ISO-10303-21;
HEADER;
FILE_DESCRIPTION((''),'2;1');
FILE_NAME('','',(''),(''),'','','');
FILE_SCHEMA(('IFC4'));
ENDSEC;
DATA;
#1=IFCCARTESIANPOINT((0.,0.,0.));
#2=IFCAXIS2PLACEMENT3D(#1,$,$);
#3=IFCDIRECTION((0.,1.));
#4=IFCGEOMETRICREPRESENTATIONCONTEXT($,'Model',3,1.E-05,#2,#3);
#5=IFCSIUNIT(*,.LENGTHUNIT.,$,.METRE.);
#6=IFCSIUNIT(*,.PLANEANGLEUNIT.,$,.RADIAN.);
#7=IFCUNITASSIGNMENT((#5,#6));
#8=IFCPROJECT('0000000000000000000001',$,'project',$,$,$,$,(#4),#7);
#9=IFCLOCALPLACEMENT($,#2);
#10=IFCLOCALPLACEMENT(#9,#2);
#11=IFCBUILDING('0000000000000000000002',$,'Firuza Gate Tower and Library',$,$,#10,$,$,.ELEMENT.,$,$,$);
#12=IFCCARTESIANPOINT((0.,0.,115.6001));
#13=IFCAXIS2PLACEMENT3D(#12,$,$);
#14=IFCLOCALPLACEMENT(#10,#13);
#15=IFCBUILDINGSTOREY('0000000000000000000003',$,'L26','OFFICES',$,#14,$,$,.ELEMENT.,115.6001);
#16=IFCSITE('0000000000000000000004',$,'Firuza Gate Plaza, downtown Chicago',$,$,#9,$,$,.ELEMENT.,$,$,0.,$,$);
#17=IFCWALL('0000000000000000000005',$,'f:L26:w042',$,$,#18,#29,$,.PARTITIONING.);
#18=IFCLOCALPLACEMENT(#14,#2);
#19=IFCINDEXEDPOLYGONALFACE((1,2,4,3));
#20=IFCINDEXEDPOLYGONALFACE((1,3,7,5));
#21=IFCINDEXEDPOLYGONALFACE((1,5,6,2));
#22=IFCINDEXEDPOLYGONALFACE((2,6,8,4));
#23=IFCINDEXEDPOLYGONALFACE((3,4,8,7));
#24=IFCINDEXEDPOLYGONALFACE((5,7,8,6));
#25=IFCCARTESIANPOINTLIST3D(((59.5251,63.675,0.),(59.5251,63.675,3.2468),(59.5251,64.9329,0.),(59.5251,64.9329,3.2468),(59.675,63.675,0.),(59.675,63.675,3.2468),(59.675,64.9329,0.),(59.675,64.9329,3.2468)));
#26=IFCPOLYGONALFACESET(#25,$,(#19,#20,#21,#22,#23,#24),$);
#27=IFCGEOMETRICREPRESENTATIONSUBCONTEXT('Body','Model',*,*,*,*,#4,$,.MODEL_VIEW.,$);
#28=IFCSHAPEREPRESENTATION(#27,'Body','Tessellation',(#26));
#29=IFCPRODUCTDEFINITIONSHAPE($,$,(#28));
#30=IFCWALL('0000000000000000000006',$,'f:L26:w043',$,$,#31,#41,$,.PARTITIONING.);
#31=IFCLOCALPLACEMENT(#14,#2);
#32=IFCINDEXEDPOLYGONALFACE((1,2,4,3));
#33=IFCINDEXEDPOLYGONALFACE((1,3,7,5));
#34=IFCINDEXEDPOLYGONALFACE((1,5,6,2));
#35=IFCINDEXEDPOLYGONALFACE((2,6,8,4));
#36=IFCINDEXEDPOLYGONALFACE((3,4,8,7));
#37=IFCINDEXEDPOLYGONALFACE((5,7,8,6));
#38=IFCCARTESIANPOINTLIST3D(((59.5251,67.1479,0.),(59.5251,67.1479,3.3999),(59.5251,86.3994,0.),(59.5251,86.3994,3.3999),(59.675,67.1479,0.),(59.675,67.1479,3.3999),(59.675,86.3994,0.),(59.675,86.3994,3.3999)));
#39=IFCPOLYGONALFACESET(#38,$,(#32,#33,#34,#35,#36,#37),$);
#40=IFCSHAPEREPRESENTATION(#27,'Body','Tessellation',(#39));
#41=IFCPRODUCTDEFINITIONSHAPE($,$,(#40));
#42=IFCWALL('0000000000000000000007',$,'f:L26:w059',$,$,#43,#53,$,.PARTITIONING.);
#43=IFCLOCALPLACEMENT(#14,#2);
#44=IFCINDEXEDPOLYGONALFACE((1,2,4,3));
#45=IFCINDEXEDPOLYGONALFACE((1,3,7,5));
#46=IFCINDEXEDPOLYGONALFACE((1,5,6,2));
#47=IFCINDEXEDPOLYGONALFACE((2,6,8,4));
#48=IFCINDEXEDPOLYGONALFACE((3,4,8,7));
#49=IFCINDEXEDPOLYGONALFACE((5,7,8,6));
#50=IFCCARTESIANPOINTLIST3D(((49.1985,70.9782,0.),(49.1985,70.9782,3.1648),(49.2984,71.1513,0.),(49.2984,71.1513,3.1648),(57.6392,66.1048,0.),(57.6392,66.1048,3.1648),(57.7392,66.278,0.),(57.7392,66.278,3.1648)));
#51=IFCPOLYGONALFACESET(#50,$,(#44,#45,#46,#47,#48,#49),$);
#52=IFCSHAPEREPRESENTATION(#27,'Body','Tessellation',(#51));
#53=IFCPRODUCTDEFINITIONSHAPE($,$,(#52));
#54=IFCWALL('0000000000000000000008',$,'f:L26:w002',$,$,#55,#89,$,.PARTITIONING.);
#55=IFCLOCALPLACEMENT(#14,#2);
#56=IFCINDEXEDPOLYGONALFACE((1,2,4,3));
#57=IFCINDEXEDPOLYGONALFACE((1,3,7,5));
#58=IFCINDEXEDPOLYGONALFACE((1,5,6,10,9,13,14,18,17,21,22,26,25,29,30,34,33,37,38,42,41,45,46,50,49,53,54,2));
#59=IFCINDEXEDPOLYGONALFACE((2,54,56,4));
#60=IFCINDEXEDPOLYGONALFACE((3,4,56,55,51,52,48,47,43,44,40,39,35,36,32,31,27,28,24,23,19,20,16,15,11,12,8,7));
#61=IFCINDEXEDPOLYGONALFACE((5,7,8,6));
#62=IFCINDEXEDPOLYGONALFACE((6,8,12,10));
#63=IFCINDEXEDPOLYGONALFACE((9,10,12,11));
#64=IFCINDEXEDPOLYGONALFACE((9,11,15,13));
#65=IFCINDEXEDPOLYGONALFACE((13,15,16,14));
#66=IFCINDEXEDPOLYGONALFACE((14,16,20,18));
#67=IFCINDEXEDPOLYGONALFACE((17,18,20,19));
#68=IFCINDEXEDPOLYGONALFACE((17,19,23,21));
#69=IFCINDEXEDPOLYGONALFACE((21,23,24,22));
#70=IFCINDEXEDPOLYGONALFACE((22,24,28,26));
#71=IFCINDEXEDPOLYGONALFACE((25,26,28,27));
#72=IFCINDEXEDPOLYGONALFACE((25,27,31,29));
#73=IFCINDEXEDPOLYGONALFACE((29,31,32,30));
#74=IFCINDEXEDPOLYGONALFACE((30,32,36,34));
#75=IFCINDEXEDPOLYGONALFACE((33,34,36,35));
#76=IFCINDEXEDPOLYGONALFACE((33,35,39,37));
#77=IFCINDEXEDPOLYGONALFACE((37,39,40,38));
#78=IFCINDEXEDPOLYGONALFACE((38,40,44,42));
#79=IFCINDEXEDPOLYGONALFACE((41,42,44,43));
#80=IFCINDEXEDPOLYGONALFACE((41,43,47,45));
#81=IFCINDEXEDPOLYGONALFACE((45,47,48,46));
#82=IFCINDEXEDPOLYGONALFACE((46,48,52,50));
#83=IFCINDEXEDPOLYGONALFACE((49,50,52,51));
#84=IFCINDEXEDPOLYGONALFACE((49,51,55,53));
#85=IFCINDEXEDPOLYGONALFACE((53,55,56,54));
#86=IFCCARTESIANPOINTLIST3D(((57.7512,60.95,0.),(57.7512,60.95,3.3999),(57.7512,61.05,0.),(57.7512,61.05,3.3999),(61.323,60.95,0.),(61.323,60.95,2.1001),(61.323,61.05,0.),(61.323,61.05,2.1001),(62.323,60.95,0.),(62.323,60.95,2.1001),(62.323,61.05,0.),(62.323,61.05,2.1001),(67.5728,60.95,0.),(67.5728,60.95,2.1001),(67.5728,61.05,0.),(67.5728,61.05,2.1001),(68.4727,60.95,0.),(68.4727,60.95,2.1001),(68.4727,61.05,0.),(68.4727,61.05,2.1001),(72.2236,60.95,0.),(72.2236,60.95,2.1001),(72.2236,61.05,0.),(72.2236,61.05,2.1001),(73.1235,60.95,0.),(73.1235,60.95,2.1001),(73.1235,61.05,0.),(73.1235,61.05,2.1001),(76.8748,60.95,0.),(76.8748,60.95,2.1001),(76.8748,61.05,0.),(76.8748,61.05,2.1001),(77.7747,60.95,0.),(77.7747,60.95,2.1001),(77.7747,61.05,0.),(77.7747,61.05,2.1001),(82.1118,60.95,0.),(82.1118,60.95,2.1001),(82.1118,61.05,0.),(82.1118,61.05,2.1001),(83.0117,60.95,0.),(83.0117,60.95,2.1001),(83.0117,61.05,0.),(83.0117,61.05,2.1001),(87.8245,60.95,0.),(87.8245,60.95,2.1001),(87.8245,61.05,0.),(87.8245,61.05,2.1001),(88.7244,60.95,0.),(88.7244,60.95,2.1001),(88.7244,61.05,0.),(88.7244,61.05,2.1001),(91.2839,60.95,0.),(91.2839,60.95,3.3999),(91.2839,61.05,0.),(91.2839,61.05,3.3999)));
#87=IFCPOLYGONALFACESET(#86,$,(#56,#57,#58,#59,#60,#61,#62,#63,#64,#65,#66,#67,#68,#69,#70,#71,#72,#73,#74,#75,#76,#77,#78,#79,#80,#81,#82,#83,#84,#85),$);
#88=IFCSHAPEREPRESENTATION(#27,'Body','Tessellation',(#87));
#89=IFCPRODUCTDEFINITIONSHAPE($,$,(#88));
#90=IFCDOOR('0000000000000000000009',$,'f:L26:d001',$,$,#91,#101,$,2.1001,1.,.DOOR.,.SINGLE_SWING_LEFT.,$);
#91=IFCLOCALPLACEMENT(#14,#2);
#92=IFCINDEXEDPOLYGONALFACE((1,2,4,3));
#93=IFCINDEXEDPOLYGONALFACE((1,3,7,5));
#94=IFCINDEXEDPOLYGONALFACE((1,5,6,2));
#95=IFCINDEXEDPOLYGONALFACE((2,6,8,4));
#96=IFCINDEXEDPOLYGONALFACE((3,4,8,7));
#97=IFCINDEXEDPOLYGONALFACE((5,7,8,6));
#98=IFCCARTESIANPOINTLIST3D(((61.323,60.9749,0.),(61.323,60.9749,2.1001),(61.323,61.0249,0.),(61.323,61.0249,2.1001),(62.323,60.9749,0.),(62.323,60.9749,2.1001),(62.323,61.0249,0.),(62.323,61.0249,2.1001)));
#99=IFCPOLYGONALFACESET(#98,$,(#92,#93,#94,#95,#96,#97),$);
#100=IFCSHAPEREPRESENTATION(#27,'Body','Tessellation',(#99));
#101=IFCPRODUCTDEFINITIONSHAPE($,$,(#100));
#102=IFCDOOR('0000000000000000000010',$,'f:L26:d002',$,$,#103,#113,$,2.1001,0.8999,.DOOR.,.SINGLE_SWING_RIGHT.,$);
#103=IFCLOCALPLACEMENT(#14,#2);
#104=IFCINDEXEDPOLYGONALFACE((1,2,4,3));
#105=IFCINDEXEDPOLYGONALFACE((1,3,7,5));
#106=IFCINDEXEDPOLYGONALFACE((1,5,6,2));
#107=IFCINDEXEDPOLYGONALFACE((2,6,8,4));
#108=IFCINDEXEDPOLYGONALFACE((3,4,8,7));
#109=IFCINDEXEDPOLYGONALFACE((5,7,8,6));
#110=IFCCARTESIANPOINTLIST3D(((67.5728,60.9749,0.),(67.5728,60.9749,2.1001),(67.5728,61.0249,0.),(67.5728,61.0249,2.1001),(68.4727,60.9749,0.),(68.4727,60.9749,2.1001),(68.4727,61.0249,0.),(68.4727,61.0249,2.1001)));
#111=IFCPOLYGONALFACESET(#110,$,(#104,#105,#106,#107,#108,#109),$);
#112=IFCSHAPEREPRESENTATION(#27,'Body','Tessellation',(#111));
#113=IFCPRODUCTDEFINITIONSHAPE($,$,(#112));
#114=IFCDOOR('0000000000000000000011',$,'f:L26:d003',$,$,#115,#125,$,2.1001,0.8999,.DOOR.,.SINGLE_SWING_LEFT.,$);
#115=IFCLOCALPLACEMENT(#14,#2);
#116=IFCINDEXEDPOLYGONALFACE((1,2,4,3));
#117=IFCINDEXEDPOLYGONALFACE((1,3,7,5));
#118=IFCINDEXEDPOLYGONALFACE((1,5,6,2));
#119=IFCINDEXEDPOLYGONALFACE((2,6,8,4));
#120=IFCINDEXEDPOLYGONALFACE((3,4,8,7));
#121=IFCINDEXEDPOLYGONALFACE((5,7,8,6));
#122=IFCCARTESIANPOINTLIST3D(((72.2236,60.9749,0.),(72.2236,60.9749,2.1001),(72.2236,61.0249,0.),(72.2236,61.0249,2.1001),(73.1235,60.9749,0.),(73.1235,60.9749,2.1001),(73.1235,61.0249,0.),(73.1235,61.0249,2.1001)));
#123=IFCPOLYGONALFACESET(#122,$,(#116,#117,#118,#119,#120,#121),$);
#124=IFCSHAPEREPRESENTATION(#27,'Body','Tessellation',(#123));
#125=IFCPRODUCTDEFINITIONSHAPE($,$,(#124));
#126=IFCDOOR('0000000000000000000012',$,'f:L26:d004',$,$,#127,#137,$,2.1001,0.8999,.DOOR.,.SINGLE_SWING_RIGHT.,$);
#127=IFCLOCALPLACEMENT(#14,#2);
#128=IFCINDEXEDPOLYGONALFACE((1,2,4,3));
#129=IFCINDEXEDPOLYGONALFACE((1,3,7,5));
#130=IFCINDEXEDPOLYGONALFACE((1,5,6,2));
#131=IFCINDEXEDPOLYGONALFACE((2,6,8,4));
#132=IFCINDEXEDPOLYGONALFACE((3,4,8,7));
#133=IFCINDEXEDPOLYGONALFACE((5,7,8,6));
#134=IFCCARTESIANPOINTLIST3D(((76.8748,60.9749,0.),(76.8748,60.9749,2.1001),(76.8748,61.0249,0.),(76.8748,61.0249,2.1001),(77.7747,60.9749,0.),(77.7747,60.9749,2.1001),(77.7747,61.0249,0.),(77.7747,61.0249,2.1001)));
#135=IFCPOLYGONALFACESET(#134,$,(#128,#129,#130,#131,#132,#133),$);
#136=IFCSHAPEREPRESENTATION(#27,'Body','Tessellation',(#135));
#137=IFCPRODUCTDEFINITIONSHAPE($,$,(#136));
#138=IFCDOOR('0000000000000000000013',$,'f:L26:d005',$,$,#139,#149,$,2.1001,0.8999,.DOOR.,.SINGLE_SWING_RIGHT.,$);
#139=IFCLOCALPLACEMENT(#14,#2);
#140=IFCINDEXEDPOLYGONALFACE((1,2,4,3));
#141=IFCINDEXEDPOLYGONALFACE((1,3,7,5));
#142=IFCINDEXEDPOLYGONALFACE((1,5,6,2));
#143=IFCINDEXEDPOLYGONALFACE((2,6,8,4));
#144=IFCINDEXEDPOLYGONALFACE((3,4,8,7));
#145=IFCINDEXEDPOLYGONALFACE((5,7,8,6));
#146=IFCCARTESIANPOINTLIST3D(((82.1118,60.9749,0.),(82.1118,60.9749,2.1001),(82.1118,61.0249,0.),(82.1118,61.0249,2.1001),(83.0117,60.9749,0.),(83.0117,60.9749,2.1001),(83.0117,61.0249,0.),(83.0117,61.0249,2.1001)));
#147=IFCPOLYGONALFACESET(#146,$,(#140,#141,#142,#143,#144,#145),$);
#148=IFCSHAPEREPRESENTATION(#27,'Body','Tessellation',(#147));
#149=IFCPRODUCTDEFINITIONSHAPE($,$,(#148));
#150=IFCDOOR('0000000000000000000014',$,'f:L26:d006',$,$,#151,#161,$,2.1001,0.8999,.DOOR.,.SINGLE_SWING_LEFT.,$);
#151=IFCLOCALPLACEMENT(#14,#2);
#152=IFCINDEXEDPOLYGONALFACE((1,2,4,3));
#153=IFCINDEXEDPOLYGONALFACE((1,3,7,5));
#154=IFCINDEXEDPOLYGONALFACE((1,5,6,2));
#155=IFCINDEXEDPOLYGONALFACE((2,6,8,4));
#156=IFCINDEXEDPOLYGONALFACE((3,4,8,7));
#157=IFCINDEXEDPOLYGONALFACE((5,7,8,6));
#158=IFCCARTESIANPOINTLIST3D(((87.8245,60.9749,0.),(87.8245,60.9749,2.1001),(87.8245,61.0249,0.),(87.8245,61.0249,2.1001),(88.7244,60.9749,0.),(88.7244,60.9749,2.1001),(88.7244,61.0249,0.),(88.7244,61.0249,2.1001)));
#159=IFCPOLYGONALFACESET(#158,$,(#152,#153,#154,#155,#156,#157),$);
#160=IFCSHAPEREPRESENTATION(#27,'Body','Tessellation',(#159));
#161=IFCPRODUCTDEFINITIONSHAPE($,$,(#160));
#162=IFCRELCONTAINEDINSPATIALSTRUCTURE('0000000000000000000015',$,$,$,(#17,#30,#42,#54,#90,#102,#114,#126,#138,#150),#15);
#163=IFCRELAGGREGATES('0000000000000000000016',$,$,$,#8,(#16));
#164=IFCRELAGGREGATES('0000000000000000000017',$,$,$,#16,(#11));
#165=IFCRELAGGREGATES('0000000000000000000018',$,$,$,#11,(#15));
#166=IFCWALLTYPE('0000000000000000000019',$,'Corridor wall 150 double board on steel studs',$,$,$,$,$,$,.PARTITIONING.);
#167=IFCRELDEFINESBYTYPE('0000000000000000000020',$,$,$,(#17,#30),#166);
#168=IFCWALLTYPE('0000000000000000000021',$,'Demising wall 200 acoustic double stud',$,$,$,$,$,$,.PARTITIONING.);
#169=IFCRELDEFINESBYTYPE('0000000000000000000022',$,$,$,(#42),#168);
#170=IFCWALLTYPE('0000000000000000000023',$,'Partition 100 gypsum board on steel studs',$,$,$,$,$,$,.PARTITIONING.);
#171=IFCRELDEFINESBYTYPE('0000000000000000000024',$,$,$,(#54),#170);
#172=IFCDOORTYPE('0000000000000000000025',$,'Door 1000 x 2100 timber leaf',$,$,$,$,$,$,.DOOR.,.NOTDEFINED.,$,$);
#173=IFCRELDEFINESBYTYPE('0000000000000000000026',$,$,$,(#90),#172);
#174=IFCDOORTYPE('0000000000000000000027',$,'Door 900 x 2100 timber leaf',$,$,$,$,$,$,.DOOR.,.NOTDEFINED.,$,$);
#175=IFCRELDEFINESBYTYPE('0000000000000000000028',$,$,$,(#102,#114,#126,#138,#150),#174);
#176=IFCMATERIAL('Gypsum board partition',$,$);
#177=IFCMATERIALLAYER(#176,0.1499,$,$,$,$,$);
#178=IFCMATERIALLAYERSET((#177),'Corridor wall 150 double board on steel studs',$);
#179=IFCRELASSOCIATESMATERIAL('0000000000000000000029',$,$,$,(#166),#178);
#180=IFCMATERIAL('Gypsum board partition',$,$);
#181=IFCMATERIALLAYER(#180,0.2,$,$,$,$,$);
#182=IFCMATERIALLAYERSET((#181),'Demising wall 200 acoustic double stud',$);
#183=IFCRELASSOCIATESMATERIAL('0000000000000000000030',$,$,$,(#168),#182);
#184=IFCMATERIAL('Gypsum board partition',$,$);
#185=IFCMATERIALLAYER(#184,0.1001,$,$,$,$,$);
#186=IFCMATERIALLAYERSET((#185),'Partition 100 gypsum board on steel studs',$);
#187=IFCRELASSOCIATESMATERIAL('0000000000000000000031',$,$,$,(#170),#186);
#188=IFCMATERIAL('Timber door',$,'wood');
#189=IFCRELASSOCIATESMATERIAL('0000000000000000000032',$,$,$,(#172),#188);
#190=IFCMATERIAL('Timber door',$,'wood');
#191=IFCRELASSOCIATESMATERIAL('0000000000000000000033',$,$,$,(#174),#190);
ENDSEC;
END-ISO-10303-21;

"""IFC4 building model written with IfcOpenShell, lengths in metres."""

from ifc_helpers import new_model, si_unit, direction, frame, frame_2d, origin, place, context, subcontext, project, spatial, rectangle, extrude, material, layer, layer_set, type_object, element, fill, save


model = new_model("IFC4")

# Units and contexts
model_context = context("Model", 3, precision=1e-05, world=origin(), true_north=direction((0.0, 1.0)))
body_context = subcontext(model_context, "Body", "Model", "MODEL_VIEW")
ifc_project = project(units=[si_unit("LENGTHUNIT", "METRE"), si_unit("PLANEANGLEUNIT", "RADIAN")], contexts=[model_context])

# Site, building, storey
site_placement = place(None, origin())
site = spatial("IfcSite", under=ifc_project, at=site_placement, Name="Firuza Gate Plaza, downtown Chicago", CompositionType="ELEMENT", RefElevation=0.0)
building_placement = place(site_placement, origin())
building = spatial("IfcBuilding", under=site, at=building_placement, Name="Firuza Gate Tower and Library", CompositionType="ELEMENT")
storey_placement = place(building_placement, frame((0.0, 0.0, 115.6001)))
storey = spatial("IfcBuildingStorey", under=building, at=storey_placement, Name="L26", Description="OFFICES", CompositionType="ELEMENT", Elevation=115.6001)

# Walls
ifc_material_1 = material(Name="Gypsum board partition")
ifc_layer_1 = layer(ifc_material_1, 0.1499)
ifc_layer_set_1 = layer_set([ifc_layer_1], Name="Corridor wall 150 double board on steel studs")
wall_type_1 = type_object("IfcWallType", Name="Corridor wall 150 double board on steel studs", PredefinedType="PARTITIONING", material=ifc_layer_set_1)
wall_1_placement = place(storey_placement, frame((59.6001, 63.675, 0.0), z_axis=(0.0, 0.0, 1.0), x_axis=(0.0, 1.0, 0.0)))
element("IfcWall", 1, at=wall_1_placement, inside=storey, type_object=wall_type_1, Name="f:L26:w042", PredefinedType="PARTITIONING", context=body_context, shape_type="SweptSolid", body=[
    extrude(rectangle(XDim=1.2578, YDim=0.1499, at=frame_2d((0.6289, 0.0))), origin(), (0.0, 0.0, 1.0), 3.2468),
])
wall_2_placement = place(storey_placement, frame((59.6001, 67.1479, 0.0), z_axis=(0.0, 0.0, 1.0), x_axis=(0.0, 1.0, 0.0)))
element("IfcWall", 2, at=wall_2_placement, inside=storey, type_object=wall_type_1, Name="f:L26:w043", PredefinedType="PARTITIONING", context=body_context, shape_type="SweptSolid", body=[
    extrude(rectangle(XDim=19.2515, YDim=0.1499, at=frame_2d((9.6257, 0.0))), origin(), (0.0, 0.0, 1.0), 3.3999),
])
ifc_material_2 = material(Name="Gypsum board partition")
ifc_layer_2 = layer(ifc_material_2, 0.2)
ifc_layer_set_2 = layer_set([ifc_layer_2], Name="Demising wall 200 acoustic double stud")
wall_type_2 = type_object("IfcWallType", Name="Demising wall 200 acoustic double stud", PredefinedType="PARTITIONING", material=ifc_layer_set_2)
wall_3_placement = place(storey_placement, frame((57.6892, 66.1914, 0.0), z_axis=(0.0, 0.0, 1.0), x_axis=(-0.866022, 0.500005, 0.0)))
element("IfcWall", 3, at=wall_3_placement, inside=storey, type_object=wall_type_2, Name="f:L26:w059", PredefinedType="PARTITIONING", context=body_context, shape_type="SweptSolid", body=[
    extrude(rectangle(XDim=9.7466, YDim=0.2, at=frame_2d((4.8733, 0.0))), origin(), (0.0, 0.0, 1.0), 3.1648),
])

# Wall, openings, doors
ifc_material_3 = material(Name="Gypsum board partition")
ifc_layer_3 = layer(ifc_material_3, 0.1001)
ifc_layer_set_3 = layer_set([ifc_layer_3], Name="Partition 100 gypsum board on steel studs")
wall_type_3 = type_object("IfcWallType", Name="Partition 100 gypsum board on steel studs", PredefinedType="PARTITIONING", material=ifc_layer_set_3)
wall_4_placement = place(storey_placement, frame((57.7512, 61.0, 0.0), z_axis=(0.0, 0.0, 1.0), x_axis=(1.0, 0.0, 0.0)))
wall_4 = element("IfcWall", 4, at=wall_4_placement, inside=storey, type_object=wall_type_3, Name="f:L26:w002", PredefinedType="PARTITIONING", context=body_context, shape_type="SweptSolid", body=[
    extrude(rectangle(XDim=33.5327, YDim=0.1001, at=frame_2d((16.7664, 0.0))), origin(), (0.0, 0.0, 1.0), 3.3999),
])
opening_1_placement = place(wall_4_placement, frame((3.5718, 0.0, 0.0)))
opening_1 = element("IfcOpeningElement", 5, at=opening_1_placement, cuts=wall_4, PredefinedType="OPENING", context=body_context, shape_type="SweptSolid", body=[
    extrude(rectangle(XDim=1.0, YDim=2.1001, at=frame_2d((0.5, 1.05))), frame((0.0, 0.0601, 0.0), z_axis=(0.0, -1.0, 0.0), x_axis=(1.0, 0.0, 0.0)), (0.0, 0.0, 1.0), 0.1201),
])
opening_2_placement = place(wall_4_placement, frame((9.8215, 0.0, 0.0)))
opening_2 = element("IfcOpeningElement", 6, at=opening_2_placement, cuts=wall_4, PredefinedType="OPENING", context=body_context, shape_type="SweptSolid", body=[
    extrude(rectangle(XDim=0.8999, YDim=2.1001, at=frame_2d((0.45, 1.05))), frame((0.0, 0.0601, 0.0), z_axis=(0.0, -1.0, 0.0), x_axis=(1.0, 0.0, 0.0)), (0.0, 0.0, 1.0), 0.1201),
])
opening_3_placement = place(wall_4_placement, frame((14.4724, 0.0, 0.0)))
opening_3 = element("IfcOpeningElement", 7, at=opening_3_placement, cuts=wall_4, PredefinedType="OPENING", context=body_context, shape_type="SweptSolid", body=[
    extrude(rectangle(XDim=0.8999, YDim=2.1001, at=frame_2d((0.45, 1.05))), frame((0.0, 0.0601, 0.0), z_axis=(0.0, -1.0, 0.0), x_axis=(1.0, 0.0, 0.0)), (0.0, 0.0, 1.0), 0.1201),
])
opening_4_placement = place(wall_4_placement, frame((19.1235, 0.0, 0.0)))
opening_4 = element("IfcOpeningElement", 8, at=opening_4_placement, cuts=wall_4, PredefinedType="OPENING", context=body_context, shape_type="SweptSolid", body=[
    extrude(rectangle(XDim=0.8999, YDim=2.1001, at=frame_2d((0.45, 1.05))), frame((0.0, 0.0601, 0.0), z_axis=(0.0, -1.0, 0.0), x_axis=(1.0, 0.0, 0.0)), (0.0, 0.0, 1.0), 0.1201),
])
opening_5_placement = place(wall_4_placement, frame((24.3606, 0.0, 0.0)))
opening_5 = element("IfcOpeningElement", 9, at=opening_5_placement, cuts=wall_4, PredefinedType="OPENING", context=body_context, shape_type="SweptSolid", body=[
    extrude(rectangle(XDim=0.8999, YDim=2.1001, at=frame_2d((0.45, 1.05))), frame((0.0, 0.0601, 0.0), z_axis=(0.0, -1.0, 0.0), x_axis=(1.0, 0.0, 0.0)), (0.0, 0.0, 1.0), 0.1201),
])
opening_6_placement = place(wall_4_placement, frame((30.0732, 0.0, 0.0)))
opening_6 = element("IfcOpeningElement", 10, at=opening_6_placement, cuts=wall_4, PredefinedType="OPENING", context=body_context, shape_type="SweptSolid", body=[
    extrude(rectangle(XDim=0.8999, YDim=2.1001, at=frame_2d((0.45, 1.05))), frame((0.0, 0.0601, 0.0), z_axis=(0.0, -1.0, 0.0), x_axis=(1.0, 0.0, 0.0)), (0.0, 0.0, 1.0), 0.1201),
])
ifc_material_4 = material(Name="Timber door", Category="wood")
door_type_1 = type_object("IfcDoorType", Name="Door 1000 x 2100 timber leaf", OperationType="NOTDEFINED", PredefinedType="DOOR", material=ifc_material_4)
door_1_placement = place(opening_1_placement, origin())
door_1 = element("IfcDoor", 11, at=door_1_placement, inside=storey, type_object=door_type_1, Name="f:L26:d001", OperationType="SINGLE_SWING_LEFT", OverallHeight=2.1001, OverallWidth=1.0, PredefinedType="DOOR", context=body_context, shape_type="SweptSolid", body=[
    extrude(rectangle(XDim=1.0, YDim=2.1001, at=frame_2d((0.5, 1.05))), frame((0.0, 0.0249, 0.0), z_axis=(0.0, -1.0, 0.0), x_axis=(1.0, 0.0, 0.0)), (0.0, 0.0, 1.0), 0.05),
])
fill(opening_1, door_1)
ifc_material_5 = material(Name="Timber door", Category="wood")
door_type_2 = type_object("IfcDoorType", Name="Door 900 x 2100 timber leaf", OperationType="NOTDEFINED", PredefinedType="DOOR", material=ifc_material_5)
door_2_placement = place(opening_2_placement, origin())
door_2 = element("IfcDoor", 12, at=door_2_placement, inside=storey, type_object=door_type_2, Name="f:L26:d002", OperationType="SINGLE_SWING_RIGHT", OverallHeight=2.1001, OverallWidth=0.8999, PredefinedType="DOOR", context=body_context, shape_type="SweptSolid", body=[
    extrude(rectangle(XDim=0.8999, YDim=2.1001, at=frame_2d((0.45, 1.05))), frame((0.0, 0.0249, 0.0), z_axis=(0.0, -1.0, 0.0), x_axis=(1.0, 0.0, 0.0)), (0.0, 0.0, 1.0), 0.05),
])
fill(opening_2, door_2)
door_3_placement = place(opening_3_placement, origin())
door_3 = element("IfcDoor", 13, at=door_3_placement, inside=storey, type_object=door_type_2, Name="f:L26:d003", OperationType="SINGLE_SWING_LEFT", OverallHeight=2.1001, OverallWidth=0.8999, PredefinedType="DOOR", context=body_context, shape_type="SweptSolid", body=[
    extrude(rectangle(XDim=0.8999, YDim=2.1001, at=frame_2d((0.45, 1.05))), frame((0.0, 0.0249, 0.0), z_axis=(0.0, -1.0, 0.0), x_axis=(1.0, 0.0, 0.0)), (0.0, 0.0, 1.0), 0.05),
])
fill(opening_3, door_3)
door_4_placement = place(opening_4_placement, origin())
door_4 = element("IfcDoor", 14, at=door_4_placement, inside=storey, type_object=door_type_2, Name="f:L26:d004", OperationType="SINGLE_SWING_RIGHT", OverallHeight=2.1001, OverallWidth=0.8999, PredefinedType="DOOR", context=body_context, shape_type="SweptSolid", body=[
    extrude(rectangle(XDim=0.8999, YDim=2.1001, at=frame_2d((0.45, 1.05))), frame((0.0, 0.0249, 0.0), z_axis=(0.0, -1.0, 0.0), x_axis=(1.0, 0.0, 0.0)), (0.0, 0.0, 1.0), 0.05),
])
fill(opening_4, door_4)
door_5_placement = place(opening_5_placement, origin())
door_5 = element("IfcDoor", 15, at=door_5_placement, inside=storey, type_object=door_type_2, Name="f:L26:d005", OperationType="SINGLE_SWING_RIGHT", OverallHeight=2.1001, OverallWidth=0.8999, PredefinedType="DOOR", context=body_context, shape_type="SweptSolid", body=[
    extrude(rectangle(XDim=0.8999, YDim=2.1001, at=frame_2d((0.45, 1.05))), frame((0.0, 0.0249, 0.0), z_axis=(0.0, -1.0, 0.0), x_axis=(1.0, 0.0, 0.0)), (0.0, 0.0, 1.0), 0.05),
])
fill(opening_5, door_5)
door_6_placement = place(opening_6_placement, origin())
door_6 = element("IfcDoor", 16, at=door_6_placement, inside=storey, type_object=door_type_2, Name="f:L26:d006", OperationType="SINGLE_SWING_LEFT", OverallHeight=2.1001, OverallWidth=0.8999, PredefinedType="DOOR", context=body_context, shape_type="SweptSolid", body=[
    extrude(rectangle(XDim=0.8999, YDim=2.1001, at=frame_2d((0.45, 1.05))), frame((0.0, 0.0249, 0.0), z_axis=(0.0, -1.0, 0.0), x_axis=(1.0, 0.0, 0.0)), (0.0, 0.0, 1.0), 0.05),
])
fill(opening_6, door_6)

save(model, "model.ifc")
